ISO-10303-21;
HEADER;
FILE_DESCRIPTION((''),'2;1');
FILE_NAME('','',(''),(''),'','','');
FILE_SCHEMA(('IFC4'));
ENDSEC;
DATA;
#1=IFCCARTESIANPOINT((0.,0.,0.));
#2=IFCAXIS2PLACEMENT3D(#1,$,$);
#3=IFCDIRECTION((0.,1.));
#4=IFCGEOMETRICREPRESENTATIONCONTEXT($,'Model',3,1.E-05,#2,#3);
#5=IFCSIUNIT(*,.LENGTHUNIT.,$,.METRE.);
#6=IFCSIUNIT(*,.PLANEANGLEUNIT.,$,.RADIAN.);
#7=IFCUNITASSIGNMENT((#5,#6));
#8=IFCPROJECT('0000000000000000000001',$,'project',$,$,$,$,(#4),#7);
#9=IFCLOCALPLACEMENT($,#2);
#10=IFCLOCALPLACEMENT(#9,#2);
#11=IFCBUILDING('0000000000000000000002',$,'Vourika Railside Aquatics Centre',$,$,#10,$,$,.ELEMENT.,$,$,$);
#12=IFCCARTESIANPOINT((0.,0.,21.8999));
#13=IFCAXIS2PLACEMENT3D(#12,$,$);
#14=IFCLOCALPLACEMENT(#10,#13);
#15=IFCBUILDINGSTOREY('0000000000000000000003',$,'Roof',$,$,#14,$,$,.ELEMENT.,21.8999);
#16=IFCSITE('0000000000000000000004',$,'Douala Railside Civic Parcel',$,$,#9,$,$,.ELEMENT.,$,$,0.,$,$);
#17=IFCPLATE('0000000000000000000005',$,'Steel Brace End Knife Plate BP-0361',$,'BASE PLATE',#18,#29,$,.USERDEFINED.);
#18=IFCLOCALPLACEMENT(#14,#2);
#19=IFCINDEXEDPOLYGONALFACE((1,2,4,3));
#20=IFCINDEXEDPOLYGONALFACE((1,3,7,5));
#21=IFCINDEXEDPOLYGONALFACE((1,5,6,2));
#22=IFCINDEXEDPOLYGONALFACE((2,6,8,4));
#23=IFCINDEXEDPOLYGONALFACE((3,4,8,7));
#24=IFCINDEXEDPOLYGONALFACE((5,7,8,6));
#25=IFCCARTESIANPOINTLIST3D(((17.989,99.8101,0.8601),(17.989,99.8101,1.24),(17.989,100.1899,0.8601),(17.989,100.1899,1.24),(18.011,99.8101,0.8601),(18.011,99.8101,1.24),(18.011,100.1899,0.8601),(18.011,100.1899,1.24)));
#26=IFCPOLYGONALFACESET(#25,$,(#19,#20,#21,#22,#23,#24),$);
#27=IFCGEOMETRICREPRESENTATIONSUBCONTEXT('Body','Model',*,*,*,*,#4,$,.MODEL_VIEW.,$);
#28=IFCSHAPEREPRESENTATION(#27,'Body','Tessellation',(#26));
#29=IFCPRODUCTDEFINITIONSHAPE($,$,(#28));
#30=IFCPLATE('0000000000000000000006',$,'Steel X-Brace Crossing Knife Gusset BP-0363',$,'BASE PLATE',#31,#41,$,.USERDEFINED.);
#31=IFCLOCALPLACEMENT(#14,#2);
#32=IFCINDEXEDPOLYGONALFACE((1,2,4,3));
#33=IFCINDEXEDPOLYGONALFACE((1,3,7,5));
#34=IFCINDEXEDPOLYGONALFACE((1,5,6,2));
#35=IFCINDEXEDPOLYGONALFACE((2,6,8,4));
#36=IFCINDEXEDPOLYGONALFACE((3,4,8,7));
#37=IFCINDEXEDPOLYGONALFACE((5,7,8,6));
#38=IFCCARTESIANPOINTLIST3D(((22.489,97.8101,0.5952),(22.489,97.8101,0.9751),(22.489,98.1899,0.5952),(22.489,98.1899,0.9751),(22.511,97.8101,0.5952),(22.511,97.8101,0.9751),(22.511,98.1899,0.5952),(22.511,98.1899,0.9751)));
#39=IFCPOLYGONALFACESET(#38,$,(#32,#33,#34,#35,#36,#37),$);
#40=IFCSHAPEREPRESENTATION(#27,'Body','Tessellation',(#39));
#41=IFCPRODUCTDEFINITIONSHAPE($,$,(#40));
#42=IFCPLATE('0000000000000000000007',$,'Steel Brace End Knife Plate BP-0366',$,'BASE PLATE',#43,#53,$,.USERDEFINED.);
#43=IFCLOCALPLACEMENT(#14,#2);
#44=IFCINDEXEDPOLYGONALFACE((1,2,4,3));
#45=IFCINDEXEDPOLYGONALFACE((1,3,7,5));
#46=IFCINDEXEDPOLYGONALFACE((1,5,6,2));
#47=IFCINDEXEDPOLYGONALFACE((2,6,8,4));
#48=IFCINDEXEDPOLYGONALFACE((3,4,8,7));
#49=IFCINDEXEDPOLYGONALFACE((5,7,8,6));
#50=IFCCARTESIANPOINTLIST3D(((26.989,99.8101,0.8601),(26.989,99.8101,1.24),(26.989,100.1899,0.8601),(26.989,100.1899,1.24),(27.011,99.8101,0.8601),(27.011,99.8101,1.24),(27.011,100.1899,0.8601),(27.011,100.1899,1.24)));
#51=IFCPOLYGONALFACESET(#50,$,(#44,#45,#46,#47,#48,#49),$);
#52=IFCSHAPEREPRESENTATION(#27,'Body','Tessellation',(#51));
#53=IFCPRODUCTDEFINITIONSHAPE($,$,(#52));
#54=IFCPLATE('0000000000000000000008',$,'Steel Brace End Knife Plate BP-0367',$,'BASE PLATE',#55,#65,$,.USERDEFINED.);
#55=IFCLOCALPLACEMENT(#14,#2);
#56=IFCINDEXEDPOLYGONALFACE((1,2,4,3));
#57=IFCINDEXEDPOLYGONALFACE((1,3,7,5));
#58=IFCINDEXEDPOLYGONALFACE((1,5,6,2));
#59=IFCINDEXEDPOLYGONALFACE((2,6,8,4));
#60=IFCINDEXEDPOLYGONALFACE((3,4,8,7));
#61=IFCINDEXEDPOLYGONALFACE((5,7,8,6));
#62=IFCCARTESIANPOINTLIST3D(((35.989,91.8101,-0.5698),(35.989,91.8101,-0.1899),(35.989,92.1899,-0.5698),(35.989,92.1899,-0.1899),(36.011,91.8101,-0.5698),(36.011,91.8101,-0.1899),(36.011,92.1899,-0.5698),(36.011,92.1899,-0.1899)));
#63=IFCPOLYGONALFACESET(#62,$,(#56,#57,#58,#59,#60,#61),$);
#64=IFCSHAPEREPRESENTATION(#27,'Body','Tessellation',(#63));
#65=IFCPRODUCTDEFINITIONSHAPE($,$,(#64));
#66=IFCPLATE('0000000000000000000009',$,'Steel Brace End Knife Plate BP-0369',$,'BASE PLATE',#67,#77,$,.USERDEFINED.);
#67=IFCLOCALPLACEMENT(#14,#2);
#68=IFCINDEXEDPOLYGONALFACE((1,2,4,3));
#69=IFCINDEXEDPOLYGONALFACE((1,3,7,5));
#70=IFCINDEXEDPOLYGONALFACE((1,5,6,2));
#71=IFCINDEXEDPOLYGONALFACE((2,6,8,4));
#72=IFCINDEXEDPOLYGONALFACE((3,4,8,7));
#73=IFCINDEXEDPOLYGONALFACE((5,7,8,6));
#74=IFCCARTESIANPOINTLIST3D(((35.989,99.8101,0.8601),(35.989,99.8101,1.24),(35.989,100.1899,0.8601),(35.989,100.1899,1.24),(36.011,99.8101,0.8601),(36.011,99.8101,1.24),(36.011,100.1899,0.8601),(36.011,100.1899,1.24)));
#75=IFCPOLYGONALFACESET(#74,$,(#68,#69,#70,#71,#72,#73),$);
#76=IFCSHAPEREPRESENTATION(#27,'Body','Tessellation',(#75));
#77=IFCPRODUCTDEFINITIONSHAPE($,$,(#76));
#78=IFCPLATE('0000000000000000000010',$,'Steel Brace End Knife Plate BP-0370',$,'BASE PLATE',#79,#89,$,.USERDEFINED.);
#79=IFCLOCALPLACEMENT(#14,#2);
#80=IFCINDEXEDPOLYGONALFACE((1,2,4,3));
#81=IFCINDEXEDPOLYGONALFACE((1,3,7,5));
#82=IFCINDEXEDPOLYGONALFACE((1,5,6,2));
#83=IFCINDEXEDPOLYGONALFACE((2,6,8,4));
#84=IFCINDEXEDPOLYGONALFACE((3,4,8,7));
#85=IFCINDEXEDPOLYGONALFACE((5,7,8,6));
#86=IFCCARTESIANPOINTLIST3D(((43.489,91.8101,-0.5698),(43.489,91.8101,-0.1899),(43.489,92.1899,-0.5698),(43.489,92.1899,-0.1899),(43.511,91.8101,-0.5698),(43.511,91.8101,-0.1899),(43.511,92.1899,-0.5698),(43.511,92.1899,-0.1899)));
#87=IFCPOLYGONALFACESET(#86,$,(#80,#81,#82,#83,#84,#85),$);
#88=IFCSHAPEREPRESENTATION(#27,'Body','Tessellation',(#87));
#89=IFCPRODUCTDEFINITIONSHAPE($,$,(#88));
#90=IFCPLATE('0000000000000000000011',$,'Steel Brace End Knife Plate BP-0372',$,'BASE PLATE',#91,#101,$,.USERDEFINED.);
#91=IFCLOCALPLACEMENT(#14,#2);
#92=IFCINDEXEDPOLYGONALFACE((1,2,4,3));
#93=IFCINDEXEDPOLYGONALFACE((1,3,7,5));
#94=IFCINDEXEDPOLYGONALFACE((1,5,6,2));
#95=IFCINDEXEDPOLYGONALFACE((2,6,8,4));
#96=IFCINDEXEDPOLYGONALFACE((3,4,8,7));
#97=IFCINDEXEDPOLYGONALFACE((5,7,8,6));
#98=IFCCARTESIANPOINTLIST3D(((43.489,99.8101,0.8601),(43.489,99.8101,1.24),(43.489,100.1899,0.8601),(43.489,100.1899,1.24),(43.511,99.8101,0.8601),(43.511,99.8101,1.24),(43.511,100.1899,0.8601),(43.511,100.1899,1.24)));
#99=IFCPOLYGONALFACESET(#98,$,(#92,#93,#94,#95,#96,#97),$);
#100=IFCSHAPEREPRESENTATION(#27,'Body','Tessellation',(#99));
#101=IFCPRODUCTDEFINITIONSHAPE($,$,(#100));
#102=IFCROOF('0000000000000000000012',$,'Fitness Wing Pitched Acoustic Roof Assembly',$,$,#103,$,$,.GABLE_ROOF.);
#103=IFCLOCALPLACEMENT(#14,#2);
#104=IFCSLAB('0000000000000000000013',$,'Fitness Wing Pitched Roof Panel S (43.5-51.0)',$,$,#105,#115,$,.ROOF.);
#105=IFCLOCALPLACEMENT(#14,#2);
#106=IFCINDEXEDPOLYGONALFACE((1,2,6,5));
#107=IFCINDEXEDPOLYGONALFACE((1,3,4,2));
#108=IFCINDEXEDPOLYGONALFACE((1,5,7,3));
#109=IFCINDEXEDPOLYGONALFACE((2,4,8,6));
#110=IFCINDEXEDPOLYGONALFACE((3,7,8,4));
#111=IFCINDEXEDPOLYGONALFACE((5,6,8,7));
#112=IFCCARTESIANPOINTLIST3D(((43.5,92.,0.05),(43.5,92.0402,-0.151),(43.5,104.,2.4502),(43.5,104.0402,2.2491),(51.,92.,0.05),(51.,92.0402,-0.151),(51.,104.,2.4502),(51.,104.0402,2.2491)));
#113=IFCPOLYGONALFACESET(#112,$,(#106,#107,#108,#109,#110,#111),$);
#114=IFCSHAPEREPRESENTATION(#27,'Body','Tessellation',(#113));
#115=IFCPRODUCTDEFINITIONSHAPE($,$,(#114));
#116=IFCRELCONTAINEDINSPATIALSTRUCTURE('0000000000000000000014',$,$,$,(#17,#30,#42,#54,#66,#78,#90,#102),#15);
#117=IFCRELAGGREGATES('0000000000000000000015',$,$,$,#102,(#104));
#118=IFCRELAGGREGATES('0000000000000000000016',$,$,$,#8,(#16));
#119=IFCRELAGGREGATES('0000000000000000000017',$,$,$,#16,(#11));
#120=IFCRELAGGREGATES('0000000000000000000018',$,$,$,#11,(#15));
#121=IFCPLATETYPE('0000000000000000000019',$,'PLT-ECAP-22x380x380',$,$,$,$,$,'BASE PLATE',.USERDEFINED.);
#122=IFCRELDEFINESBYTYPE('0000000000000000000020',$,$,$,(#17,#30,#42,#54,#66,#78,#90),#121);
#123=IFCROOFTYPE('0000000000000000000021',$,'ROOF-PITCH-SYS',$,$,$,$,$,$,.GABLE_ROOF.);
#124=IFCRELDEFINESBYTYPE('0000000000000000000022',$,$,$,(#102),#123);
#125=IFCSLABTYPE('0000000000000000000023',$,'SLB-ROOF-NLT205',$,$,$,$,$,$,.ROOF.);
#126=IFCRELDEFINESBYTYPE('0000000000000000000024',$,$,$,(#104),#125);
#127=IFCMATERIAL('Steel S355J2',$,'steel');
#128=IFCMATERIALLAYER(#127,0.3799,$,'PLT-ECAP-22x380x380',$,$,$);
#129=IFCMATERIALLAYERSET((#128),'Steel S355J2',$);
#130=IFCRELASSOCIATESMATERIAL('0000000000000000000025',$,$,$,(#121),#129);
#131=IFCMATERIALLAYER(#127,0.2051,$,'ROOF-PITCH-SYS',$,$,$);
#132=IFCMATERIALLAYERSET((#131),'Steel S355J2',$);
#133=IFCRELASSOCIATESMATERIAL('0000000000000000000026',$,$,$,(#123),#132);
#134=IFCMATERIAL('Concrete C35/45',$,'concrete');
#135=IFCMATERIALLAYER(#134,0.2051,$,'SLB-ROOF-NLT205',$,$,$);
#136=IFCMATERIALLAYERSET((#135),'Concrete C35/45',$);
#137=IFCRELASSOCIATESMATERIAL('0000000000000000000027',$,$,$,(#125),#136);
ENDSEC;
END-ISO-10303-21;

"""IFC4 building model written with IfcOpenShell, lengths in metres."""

from ifc_helpers import new_model, si_unit, direction, frame, origin, origin_2d, place, context, subcontext, project, spatial, polyline, rectangle, outline, extrude, material, layer, layer_set, type_object, element, aggregate, save


model = new_model("IFC4")

# Units and contexts
model_context = context("Model", 3, precision=1e-05, world=origin(), true_north=direction((0.0, 1.0)))
body_context = subcontext(model_context, "Body", "Model", "MODEL_VIEW")
ifc_project = project(units=[si_unit("LENGTHUNIT", "METRE"), si_unit("PLANEANGLEUNIT", "RADIAN")], contexts=[model_context])

# Site, building, storey
site_placement = place(None, origin())
site = spatial("IfcSite", under=ifc_project, at=site_placement, Name="Douala Railside Civic Parcel", CompositionType="ELEMENT", RefElevation=0.0)
building_placement = place(site_placement, origin())
building = spatial("IfcBuilding", under=site, at=building_placement, Name="Vourika Railside Aquatics Centre", CompositionType="ELEMENT")
storey_placement = place(building_placement, frame((0.0, 0.0, 21.8999)))
storey = spatial("IfcBuildingStorey", under=building, at=storey_placement, Name="Roof", CompositionType="ELEMENT", Elevation=21.8999)

# Shared definitions
ifc_material_1 = material(Name="Steel S355J2", Category="steel")

# Plates
ifc_layer_1 = layer(ifc_material_1, 0.3799, Name="PLT-ECAP-22x380x380")
ifc_layer_set_1 = layer_set([ifc_layer_1], Name="Steel S355J2")
plate_type = type_object("IfcPlateType", Name="PLT-ECAP-22x380x380", ElementType="BASE PLATE", PredefinedType="USERDEFINED", material=ifc_layer_set_1)
for number, where, z_axis, x_axis, name in (
    (1, (18.0, 100.0, 0.8601), (0.0, 0.0, 1.0), (1.0, 0.0, 0.0), "Steel Brace End Knife Plate BP-0361"),
    (2, (22.5, 98.0, 0.5952), (0.0, 0.0, 1.0), (1.0, 0.0, 0.0), "Steel X-Brace Crossing Knife Gusset BP-0363"),
    (3, (27.0, 100.0, 0.8601), (0.0, 0.0, 1.0), (1.0, 0.0, 0.0), "Steel Brace End Knife Plate BP-0366"),
    (4, (36.0, 92.0, -0.5698), (0.0, 0.0, 1.0), (1.0, 0.0, 0.0), "Steel Brace End Knife Plate BP-0367"),
    (5, (36.0, 100.0, 0.8601), (0.0, 0.0, 1.0), (1.0, 0.0, 0.0), "Steel Brace End Knife Plate BP-0369"),
    (6, (43.5, 92.0, -0.5698), (0.0, 0.0, 1.0), (1.0, 0.0, 0.0), "Steel Brace End Knife Plate BP-0370"),
    (7, (43.5, 100.0, 0.8601), (0.0, 0.0, 1.0), (1.0, 0.0, 0.0), "Steel Brace End Knife Plate BP-0372"),
):
    element("IfcPlate", number, at=place(storey_placement, frame(where, z_axis=z_axis, x_axis=x_axis)), inside=storey, type_object=plate_type, Name=name, ObjectType="BASE PLATE", PredefinedType="USERDEFINED", context=body_context, shape_type="SweptSolid", body=[
        extrude(rectangle(XDim=0.022, YDim=0.3799, at=origin_2d()), origin(), (0.0, 0.0, 1.0), 0.3799),
    ])

# Roof, slab
ifc_layer_2 = layer(ifc_material_1, 0.2051, Name="ROOF-PITCH-SYS")
ifc_layer_set_2 = layer_set([ifc_layer_2], Name="Steel S355J2")
roof_type = type_object("IfcRoofType", Name="ROOF-PITCH-SYS", PredefinedType="GABLE_ROOF", material=ifc_layer_set_2)
roof_placement = place(storey_placement, origin())
roof = element("IfcRoof", 8, at=roof_placement, inside=storey, type_object=roof_type, Name="Fitness Wing Pitched Acoustic Roof Assembly", PredefinedType="GABLE_ROOF")
ifc_material_2 = material(Name="Concrete C35/45", Category="concrete")
ifc_layer_3 = layer(ifc_material_2, 0.2051, Name="SLB-ROOF-NLT205")
ifc_layer_set_3 = layer_set([ifc_layer_3], Name="Concrete C35/45")
slab_type = type_object("IfcSlabType", Name="SLB-ROOF-NLT205", PredefinedType="ROOF", material=ifc_layer_set_3)
slab_placement = place(storey_placement, frame((43.5, 92.0, 0.05), z_axis=(0.0, -0.196128, 0.980578), x_axis=(1.0, 0.0, 0.0)))
slab = element("IfcSlab", 9, at=slab_placement, type_object=slab_type, Name="Fitness Wing Pitched Roof Panel S (43.5-51.0)", PredefinedType="ROOF", context=body_context, shape_type="SweptSolid", body=[
    extrude(outline(polyline([(0.0, 0.0), (7.5, 0.0), (7.5, 12.2377), (0.0, 12.2377), (0.0, 0.0)])), origin(), (0.0, 0.0, -1.0), 0.2051),
])
aggregate(roof, [slab])

save(model, "model.ifc")
